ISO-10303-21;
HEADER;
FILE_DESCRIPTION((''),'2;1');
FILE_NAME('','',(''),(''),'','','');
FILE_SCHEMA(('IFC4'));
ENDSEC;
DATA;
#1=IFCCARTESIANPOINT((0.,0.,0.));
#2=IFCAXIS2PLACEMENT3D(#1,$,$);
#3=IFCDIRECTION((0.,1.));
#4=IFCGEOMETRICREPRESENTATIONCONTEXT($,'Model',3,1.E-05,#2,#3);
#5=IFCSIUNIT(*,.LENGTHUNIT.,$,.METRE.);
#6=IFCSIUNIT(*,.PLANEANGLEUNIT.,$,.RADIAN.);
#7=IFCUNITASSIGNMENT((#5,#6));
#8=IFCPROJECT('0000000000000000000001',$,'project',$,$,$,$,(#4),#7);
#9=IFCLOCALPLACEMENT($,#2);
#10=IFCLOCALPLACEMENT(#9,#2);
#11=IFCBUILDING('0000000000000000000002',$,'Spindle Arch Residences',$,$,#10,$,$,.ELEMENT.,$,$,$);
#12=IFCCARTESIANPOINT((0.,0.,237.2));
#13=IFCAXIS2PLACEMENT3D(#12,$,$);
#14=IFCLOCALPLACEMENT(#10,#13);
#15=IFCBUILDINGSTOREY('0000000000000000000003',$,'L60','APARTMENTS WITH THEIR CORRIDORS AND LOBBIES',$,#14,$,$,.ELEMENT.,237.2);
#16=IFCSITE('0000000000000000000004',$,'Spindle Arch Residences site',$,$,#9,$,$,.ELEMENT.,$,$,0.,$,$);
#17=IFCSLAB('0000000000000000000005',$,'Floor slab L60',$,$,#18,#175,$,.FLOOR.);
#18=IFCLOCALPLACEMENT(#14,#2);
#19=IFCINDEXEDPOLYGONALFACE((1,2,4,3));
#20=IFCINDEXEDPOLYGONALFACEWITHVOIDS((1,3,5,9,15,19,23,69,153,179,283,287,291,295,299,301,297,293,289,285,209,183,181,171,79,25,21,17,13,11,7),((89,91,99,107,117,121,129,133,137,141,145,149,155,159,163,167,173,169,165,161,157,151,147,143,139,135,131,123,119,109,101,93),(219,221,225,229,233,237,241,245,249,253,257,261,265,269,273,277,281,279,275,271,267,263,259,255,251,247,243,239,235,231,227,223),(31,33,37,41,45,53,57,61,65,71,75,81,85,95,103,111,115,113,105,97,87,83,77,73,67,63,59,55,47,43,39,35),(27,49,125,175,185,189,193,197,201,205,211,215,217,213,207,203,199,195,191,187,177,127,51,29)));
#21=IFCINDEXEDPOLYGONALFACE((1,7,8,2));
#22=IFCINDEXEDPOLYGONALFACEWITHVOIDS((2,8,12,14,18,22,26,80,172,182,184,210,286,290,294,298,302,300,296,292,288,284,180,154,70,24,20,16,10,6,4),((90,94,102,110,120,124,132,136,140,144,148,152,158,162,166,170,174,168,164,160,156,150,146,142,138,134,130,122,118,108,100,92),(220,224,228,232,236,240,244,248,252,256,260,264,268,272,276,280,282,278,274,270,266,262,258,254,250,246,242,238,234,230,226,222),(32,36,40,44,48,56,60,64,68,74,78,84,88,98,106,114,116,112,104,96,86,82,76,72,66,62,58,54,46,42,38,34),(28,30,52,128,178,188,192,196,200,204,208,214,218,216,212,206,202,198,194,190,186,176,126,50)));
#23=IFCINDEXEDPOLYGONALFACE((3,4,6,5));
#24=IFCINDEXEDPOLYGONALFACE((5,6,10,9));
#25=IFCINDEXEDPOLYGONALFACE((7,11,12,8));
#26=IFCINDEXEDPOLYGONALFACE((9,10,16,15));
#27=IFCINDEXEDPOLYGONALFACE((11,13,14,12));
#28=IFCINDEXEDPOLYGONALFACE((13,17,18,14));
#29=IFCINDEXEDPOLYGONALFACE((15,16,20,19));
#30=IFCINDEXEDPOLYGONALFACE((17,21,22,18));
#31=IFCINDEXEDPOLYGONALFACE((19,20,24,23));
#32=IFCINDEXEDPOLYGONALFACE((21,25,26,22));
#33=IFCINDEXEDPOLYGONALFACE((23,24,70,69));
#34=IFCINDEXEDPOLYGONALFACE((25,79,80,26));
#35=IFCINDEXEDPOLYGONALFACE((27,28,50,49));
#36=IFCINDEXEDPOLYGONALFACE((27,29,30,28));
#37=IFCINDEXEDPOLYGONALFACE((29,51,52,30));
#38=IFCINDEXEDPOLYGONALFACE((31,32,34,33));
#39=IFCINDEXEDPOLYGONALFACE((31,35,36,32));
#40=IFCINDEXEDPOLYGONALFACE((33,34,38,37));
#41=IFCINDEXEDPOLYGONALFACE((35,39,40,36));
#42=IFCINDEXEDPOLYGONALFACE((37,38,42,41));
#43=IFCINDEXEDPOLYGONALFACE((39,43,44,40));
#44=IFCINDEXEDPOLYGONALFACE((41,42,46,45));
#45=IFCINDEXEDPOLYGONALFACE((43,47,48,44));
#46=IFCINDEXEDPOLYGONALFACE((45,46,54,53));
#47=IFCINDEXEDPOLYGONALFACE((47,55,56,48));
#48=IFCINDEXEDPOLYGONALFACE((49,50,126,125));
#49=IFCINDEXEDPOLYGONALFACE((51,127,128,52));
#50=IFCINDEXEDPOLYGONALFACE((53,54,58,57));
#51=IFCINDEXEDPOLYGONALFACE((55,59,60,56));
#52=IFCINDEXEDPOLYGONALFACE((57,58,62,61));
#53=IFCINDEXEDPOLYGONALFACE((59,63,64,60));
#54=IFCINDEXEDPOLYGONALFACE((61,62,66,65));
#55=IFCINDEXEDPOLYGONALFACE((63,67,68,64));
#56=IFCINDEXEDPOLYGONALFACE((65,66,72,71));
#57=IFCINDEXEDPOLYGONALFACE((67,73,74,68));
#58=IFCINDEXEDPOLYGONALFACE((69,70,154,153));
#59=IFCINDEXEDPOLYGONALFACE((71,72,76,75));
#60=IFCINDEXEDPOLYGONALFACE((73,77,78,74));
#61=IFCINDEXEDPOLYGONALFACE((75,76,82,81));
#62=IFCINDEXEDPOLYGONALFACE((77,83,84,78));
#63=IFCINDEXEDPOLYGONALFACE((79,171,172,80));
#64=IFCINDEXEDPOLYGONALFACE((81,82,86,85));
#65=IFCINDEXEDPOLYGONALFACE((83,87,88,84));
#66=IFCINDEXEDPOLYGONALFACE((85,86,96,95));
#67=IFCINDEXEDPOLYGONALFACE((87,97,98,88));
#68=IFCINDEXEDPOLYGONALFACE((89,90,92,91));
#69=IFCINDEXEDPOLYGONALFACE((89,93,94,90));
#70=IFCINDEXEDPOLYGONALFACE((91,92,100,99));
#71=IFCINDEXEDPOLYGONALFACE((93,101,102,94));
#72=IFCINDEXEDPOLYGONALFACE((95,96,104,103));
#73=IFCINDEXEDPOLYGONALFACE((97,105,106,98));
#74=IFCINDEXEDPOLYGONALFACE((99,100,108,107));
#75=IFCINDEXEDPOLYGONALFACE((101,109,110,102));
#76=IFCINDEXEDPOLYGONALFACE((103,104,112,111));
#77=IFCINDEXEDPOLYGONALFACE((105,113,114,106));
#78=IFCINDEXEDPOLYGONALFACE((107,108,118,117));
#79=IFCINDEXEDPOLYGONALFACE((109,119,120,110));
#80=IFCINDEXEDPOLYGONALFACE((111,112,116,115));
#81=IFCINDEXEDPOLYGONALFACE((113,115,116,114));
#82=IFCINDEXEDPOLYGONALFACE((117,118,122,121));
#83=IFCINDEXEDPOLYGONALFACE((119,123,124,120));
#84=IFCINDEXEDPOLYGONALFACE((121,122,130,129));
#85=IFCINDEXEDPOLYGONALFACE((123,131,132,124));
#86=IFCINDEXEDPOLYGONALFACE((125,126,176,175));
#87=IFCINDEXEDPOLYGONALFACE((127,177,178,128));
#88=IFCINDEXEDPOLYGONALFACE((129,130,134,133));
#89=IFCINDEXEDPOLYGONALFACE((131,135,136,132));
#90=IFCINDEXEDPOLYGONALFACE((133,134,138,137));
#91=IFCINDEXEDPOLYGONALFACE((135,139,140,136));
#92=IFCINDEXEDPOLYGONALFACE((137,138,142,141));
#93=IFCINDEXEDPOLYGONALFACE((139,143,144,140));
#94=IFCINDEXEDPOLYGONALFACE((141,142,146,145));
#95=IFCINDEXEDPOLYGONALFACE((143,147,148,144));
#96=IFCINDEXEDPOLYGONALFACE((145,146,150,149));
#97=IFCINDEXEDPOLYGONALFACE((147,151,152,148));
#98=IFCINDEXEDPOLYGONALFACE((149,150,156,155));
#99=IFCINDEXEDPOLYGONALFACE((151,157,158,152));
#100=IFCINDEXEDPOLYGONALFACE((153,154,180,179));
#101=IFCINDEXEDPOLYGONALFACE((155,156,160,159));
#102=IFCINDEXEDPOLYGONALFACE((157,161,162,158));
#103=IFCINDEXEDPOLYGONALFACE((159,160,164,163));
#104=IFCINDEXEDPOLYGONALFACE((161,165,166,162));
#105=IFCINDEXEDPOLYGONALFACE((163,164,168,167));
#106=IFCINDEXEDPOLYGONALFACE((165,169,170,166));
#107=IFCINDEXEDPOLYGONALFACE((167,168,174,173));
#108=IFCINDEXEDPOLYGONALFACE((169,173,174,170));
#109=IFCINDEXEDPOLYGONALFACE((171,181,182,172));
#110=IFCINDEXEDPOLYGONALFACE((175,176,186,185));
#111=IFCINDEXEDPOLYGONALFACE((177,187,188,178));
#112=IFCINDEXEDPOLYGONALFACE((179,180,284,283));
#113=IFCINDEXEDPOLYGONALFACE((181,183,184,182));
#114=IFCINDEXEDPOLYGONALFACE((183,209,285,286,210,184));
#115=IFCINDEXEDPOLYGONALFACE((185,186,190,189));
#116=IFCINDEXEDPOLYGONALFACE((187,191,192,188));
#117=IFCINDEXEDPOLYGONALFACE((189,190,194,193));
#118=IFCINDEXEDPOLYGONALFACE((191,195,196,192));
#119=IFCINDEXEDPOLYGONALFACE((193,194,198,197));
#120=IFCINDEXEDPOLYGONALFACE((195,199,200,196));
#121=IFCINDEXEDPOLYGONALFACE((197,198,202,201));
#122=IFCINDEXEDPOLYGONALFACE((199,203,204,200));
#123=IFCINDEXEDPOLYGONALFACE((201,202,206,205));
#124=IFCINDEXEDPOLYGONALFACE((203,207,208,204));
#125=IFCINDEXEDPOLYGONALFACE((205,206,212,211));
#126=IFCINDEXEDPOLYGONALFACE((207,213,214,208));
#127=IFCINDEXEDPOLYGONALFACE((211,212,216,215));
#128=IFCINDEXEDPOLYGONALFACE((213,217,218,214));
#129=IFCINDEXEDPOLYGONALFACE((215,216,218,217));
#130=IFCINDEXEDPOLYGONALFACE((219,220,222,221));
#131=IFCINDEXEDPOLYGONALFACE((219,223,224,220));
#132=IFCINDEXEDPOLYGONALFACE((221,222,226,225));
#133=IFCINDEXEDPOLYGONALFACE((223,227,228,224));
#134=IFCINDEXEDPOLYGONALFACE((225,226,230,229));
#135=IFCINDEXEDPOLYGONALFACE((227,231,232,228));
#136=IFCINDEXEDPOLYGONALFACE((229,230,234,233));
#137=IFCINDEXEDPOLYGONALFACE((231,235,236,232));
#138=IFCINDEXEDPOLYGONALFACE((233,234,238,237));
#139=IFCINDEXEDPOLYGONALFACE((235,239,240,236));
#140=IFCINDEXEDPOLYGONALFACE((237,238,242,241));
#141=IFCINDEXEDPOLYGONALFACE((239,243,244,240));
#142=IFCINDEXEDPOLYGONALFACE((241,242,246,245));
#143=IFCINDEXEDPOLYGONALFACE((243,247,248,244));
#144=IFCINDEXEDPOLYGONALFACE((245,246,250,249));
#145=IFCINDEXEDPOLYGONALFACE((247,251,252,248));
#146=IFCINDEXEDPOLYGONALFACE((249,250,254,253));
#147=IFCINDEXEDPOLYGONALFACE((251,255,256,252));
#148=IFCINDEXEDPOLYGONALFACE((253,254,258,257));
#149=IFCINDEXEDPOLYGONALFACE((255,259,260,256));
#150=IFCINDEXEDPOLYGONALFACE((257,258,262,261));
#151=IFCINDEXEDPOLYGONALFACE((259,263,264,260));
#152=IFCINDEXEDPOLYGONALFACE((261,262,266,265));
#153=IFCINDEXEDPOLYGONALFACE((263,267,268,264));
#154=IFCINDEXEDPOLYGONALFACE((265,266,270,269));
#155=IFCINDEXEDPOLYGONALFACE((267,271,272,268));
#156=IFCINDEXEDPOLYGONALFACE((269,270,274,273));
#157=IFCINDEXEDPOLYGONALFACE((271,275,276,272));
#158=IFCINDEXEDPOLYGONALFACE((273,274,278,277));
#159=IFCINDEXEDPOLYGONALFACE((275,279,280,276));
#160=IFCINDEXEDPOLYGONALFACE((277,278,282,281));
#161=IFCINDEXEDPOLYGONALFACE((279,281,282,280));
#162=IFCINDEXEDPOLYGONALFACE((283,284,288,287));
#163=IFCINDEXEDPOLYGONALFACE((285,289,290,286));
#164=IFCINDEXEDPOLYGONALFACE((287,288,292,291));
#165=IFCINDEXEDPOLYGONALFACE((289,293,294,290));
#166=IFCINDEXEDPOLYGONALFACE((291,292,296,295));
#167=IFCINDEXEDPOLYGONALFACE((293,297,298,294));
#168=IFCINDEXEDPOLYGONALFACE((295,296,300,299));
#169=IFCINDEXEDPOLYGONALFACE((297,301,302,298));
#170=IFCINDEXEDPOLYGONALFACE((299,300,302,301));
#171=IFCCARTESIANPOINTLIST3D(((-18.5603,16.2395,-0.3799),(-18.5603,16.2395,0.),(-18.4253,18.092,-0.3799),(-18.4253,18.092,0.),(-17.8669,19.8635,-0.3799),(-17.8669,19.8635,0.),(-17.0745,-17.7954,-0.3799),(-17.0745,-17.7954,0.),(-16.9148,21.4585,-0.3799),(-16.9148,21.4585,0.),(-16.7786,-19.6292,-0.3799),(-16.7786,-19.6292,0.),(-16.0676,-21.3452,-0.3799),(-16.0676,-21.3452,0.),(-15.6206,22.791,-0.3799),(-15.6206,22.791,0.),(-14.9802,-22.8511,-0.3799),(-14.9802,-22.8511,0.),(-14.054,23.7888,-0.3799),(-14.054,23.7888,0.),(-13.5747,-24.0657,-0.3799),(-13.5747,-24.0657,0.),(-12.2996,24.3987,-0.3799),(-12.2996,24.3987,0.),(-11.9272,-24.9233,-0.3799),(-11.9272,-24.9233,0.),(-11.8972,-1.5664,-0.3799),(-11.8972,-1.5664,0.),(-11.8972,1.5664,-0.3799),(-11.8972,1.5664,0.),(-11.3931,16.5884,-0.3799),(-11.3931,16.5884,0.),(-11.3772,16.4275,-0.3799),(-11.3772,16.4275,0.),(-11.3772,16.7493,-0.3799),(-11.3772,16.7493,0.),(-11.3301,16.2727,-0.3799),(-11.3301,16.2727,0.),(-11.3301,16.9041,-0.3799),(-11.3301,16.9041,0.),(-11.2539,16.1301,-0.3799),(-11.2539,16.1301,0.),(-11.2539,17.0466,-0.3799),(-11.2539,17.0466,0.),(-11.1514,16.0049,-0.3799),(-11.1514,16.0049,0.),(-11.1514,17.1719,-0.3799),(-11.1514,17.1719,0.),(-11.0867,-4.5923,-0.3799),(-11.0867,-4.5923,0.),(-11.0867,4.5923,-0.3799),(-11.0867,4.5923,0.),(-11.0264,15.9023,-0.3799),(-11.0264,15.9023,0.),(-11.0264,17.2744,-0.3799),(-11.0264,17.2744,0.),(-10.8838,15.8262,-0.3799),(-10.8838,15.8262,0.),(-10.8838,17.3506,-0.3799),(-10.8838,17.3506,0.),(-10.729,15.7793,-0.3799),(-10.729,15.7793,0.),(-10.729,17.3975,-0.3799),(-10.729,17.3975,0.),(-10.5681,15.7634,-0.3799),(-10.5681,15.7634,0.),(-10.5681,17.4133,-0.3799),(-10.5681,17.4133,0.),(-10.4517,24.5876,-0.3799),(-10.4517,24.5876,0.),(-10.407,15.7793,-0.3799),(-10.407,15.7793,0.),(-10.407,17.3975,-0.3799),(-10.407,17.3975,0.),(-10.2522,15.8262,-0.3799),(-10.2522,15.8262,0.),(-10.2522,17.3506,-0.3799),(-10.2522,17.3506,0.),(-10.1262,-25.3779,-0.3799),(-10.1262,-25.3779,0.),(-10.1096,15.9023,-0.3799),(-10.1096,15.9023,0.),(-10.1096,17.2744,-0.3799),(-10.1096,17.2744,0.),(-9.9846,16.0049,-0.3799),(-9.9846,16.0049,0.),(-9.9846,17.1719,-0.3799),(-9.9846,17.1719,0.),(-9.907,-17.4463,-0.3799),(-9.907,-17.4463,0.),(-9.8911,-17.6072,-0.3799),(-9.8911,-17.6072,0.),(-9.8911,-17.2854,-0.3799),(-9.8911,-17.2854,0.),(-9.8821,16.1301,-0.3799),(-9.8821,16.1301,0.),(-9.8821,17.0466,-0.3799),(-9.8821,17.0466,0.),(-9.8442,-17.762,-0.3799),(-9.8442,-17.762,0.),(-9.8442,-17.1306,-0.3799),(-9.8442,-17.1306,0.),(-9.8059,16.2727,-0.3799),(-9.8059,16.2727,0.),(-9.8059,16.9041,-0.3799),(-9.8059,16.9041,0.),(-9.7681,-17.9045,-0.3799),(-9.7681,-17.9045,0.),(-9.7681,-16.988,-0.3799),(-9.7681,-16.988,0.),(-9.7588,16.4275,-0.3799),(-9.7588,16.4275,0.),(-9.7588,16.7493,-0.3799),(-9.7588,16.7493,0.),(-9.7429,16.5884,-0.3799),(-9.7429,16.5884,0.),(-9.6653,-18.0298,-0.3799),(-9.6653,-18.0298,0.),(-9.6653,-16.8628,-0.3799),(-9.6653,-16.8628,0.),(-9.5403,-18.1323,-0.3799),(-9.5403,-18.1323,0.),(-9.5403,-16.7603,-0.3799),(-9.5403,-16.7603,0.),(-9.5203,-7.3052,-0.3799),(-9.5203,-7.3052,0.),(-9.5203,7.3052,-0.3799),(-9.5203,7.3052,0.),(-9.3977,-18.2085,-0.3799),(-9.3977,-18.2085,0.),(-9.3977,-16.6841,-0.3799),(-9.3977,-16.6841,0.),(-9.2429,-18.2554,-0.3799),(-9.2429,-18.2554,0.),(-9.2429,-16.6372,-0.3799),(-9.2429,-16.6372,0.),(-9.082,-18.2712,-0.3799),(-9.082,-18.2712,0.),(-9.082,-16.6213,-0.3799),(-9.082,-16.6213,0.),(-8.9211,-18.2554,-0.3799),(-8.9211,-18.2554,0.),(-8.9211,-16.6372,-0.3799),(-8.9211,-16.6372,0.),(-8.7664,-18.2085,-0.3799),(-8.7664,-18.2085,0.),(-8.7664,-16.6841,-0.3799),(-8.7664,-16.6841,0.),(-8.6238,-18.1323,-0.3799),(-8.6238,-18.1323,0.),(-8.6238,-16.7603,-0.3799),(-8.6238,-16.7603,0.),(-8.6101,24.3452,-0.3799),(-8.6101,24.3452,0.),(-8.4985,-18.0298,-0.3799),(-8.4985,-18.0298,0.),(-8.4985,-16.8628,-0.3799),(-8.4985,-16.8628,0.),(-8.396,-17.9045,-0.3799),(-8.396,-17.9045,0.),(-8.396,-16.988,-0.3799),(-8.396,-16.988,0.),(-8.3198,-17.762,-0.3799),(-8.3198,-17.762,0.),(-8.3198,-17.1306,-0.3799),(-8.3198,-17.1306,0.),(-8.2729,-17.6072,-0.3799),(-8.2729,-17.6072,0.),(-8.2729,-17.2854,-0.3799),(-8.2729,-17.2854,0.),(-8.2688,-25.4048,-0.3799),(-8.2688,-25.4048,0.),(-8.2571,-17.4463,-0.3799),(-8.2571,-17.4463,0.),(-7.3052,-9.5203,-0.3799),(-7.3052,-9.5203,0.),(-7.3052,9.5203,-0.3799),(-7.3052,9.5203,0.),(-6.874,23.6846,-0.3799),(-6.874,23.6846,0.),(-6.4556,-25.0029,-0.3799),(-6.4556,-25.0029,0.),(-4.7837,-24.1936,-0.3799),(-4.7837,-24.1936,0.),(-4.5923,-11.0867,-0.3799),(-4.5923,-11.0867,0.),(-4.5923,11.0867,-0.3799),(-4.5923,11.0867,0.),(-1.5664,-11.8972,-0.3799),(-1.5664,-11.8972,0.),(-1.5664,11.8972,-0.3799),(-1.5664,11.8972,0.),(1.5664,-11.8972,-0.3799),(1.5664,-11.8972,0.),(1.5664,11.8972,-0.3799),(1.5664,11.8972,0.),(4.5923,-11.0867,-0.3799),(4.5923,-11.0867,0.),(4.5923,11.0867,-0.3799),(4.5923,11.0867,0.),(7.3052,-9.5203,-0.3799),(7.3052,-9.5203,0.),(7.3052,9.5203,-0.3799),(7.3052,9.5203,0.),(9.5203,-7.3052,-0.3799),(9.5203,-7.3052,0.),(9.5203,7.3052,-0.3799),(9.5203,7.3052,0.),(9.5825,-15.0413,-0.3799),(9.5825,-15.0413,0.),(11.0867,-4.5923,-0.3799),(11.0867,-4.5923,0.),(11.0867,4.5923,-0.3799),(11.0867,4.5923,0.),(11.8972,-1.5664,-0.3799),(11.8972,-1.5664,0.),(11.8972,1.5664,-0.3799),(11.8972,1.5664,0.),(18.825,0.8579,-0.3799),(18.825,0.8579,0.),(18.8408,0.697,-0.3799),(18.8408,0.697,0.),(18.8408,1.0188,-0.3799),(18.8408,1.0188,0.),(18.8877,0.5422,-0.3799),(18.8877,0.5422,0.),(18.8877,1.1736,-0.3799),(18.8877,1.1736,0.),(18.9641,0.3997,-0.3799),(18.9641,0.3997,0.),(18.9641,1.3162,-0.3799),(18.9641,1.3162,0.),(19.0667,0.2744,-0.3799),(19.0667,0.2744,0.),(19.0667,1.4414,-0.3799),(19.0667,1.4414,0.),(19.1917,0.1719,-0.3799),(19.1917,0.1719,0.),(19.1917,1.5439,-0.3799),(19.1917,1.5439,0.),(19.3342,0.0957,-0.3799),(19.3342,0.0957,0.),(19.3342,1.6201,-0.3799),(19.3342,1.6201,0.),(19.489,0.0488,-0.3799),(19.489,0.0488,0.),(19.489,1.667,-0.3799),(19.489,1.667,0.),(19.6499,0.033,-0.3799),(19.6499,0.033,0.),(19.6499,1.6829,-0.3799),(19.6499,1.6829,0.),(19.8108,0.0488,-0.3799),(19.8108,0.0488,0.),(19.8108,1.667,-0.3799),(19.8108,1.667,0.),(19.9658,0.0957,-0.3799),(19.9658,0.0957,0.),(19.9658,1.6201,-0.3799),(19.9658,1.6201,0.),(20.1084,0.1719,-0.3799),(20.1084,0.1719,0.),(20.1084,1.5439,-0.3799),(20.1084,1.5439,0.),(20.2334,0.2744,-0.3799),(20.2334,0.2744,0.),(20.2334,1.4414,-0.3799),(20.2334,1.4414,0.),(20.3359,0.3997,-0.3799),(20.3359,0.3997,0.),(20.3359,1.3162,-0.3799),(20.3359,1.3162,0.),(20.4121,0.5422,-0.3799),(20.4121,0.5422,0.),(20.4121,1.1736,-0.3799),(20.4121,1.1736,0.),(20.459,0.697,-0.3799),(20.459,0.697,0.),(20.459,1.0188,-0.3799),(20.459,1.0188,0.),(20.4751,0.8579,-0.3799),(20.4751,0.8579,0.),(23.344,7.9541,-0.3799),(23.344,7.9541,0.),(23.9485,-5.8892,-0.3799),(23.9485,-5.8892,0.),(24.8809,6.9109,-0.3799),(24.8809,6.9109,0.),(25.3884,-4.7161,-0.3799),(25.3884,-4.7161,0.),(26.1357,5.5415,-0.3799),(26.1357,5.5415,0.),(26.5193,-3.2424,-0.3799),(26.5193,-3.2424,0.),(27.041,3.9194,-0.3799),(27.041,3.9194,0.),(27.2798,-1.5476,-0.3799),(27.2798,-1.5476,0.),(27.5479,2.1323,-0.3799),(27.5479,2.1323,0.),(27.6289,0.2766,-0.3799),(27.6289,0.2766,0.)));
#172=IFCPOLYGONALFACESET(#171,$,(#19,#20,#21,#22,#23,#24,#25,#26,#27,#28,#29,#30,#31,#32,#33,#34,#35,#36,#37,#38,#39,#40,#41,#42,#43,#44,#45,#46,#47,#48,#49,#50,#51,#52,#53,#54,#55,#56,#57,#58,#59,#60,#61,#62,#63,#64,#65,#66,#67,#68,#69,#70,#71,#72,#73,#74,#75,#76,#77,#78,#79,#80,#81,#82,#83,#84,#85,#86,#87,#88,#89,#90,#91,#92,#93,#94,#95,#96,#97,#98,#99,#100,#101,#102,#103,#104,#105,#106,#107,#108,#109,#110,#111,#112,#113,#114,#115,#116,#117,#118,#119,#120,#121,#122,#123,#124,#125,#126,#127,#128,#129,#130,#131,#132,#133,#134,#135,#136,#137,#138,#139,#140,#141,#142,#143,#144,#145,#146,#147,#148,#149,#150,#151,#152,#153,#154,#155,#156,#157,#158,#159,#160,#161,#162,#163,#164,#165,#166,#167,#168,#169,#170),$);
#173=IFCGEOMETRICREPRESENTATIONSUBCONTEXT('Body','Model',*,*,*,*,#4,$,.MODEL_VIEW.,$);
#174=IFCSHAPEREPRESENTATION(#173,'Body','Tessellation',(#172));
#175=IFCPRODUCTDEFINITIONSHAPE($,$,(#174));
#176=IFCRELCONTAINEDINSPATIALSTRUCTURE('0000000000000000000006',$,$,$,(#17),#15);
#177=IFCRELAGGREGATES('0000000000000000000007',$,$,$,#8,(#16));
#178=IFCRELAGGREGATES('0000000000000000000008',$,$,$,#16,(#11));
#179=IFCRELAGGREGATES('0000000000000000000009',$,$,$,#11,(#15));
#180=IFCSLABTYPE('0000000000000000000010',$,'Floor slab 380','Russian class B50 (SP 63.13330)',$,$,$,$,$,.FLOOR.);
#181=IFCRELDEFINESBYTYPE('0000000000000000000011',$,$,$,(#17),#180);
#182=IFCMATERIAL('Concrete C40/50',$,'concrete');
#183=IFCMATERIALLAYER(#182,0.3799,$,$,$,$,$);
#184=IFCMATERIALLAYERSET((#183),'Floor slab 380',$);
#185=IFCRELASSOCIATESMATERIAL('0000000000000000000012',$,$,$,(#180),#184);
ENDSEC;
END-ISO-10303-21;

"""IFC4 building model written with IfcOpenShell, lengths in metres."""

from ifc_helpers import new_model, si_unit, direction, frame, origin, place, context, subcontext, project, spatial, polyline, outline, extrude, material, layer, layer_set, type_object, element, save


model = new_model("IFC4")

# Units and contexts
model_context = context("Model", 3, precision=1e-05, world=origin(), true_north=direction((0.0, 1.0)))
body_context = subcontext(model_context, "Body", "Model", "MODEL_VIEW")
ifc_project = project(units=[si_unit("LENGTHUNIT", "METRE"), si_unit("PLANEANGLEUNIT", "RADIAN")], contexts=[model_context])

# Site, building, storey
site_placement = place(None, origin())
site = spatial("IfcSite", under=ifc_project, at=site_placement, Name="Spindle Arch Residences site", CompositionType="ELEMENT", RefElevation=0.0)
building_placement = place(site_placement, origin())
building = spatial("IfcBuilding", under=site, at=building_placement, Name="Spindle Arch Residences", CompositionType="ELEMENT")
storey_placement = place(building_placement, frame((0.0, 0.0, 237.2)))
storey = spatial("IfcBuildingStorey", under=building, at=storey_placement, Name="L60", Description="APARTMENTS WITH THEIR CORRIDORS AND LOBBIES", CompositionType="ELEMENT", Elevation=237.2)

# Slab
ifc_material_1 = material(Name="Concrete C40/50", Category="concrete")
ifc_layer_1 = layer(ifc_material_1, 0.3799)
ifc_layer_set_1 = layer_set([ifc_layer_1], Name="Floor slab 380")
slab_type_1 = type_object("IfcSlabType", Name="Floor slab 380", Description="Russian class B50 (SP 63.13330)", PredefinedType="FLOOR", material=ifc_layer_set_1)
slab_1_placement = place(storey_placement, frame((0.0, 0.0, -0.3799)))
element("IfcSlab", 1, at=slab_1_placement, inside=storey, type_object=slab_type_1, Name="Floor slab L60", PredefinedType="FLOOR", context=body_context, shape_type="SweptSolid", body=[
    extrude(outline(polyline([(-6.4556, -25.0029), (-8.2688, -25.4048), (-10.1262, -25.3779), (-11.9272, -24.9233), (-13.5747, -24.0657), (-14.9802, -22.8511), (-16.0676, -21.3452), (-16.7786, -19.6292), (-17.0745, -17.7954), (-18.5603, 16.2395), (-18.4253, 18.092), (-17.8669, 19.8635), (-16.9148, 21.4585), (-15.6206, 22.791), (-14.054, 23.7888), (-12.2996, 24.3987), (-10.4517, 24.5876), (-8.6101, 24.3452), (-6.874, 23.6846), (23.344, 7.9541), (24.8809, 6.9109), (26.1357, 5.5415), (27.041, 3.9194), (27.5479, 2.1323), (27.6289, 0.2766), (27.2798, -1.5476), (26.5193, -3.2424), (25.3884, -4.7161), (23.9485, -5.8892), (9.5825, -15.0413), (-4.7837, -24.1936), (-6.4556, -25.0029)]), holes=[polyline([(7.3052, -9.5203), (9.5203, -7.3052), (11.0867, -4.5923), (11.8972, -1.5664), (11.8972, 1.5664), (11.0867, 4.5923), (9.5203, 7.3052), (7.3052, 9.5203), (4.5923, 11.0867), (1.5664, 11.8972), (-1.5664, 11.8972), (-4.5923, 11.0867), (-7.3052, 9.5203), (-9.5203, 7.3052), (-11.0867, 4.5923), (-11.8972, 1.5664), (-11.8972, -1.5664), (-11.0867, -4.5923), (-9.5203, -7.3052), (-7.3052, -9.5203), (-4.5923, -11.0867), (-1.5664, -11.8972), (1.5664, -11.8972), (4.5923, -11.0867), (7.3052, -9.5203)]), polyline([(-8.396, -17.9045), (-8.3198, -17.762), (-8.2729, -17.6072), (-8.2571, -17.4463), (-8.2729, -17.2854), (-8.3198, -17.1306), (-8.396, -16.988), (-8.4985, -16.8628), (-8.6238, -16.7603), (-8.7664, -16.6841), (-8.9211, -16.6372), (-9.082, -16.6213), (-9.2429, -16.6372), (-9.3977, -16.6841), (-9.5403, -16.7603), (-9.6653, -16.8628), (-9.7681, -16.988), (-9.8442, -17.1306), (-9.8911, -17.2854), (-9.907, -17.4463), (-9.8911, -17.6072), (-9.8442, -17.762), (-9.7681, -17.9045), (-9.6653, -18.0298), (-9.5403, -18.1323), (-9.3977, -18.2085), (-9.2429, -18.2554), (-9.082, -18.2712), (-8.9211, -18.2554), (-8.7664, -18.2085), (-8.6238, -18.1323), (-8.4985, -18.0298), (-8.396, -17.9045)]), polyline([(-9.8821, 16.1301), (-9.8059, 16.2727), (-9.7588, 16.4275), (-9.7429, 16.5884), (-9.7588, 16.7493), (-9.8059, 16.9041), (-9.8821, 17.0466), (-9.9846, 17.1719), (-10.1096, 17.2744), (-10.2522, 17.3506), (-10.407, 17.3975), (-10.5681, 17.4133), (-10.729, 17.3975), (-10.8838, 17.3506), (-11.0264, 17.2744), (-11.1514, 17.1719), (-11.2539, 17.0466), (-11.3301, 16.9041), (-11.3772, 16.7493), (-11.3931, 16.5884), (-11.3772, 16.4275), (-11.3301, 16.2727), (-11.2539, 16.1301), (-11.1514, 16.0049), (-11.0264, 15.9023), (-10.8838, 15.8262), (-10.729, 15.7793), (-10.5681, 15.7634), (-10.407, 15.7793), (-10.2522, 15.8262), (-10.1096, 15.9023), (-9.9846, 16.0049), (-9.8821, 16.1301)]), polyline([(20.2334, 0.2744), (20.3359, 0.3997), (20.4121, 0.5422), (20.459, 0.697), (20.4751, 0.8579), (20.459, 1.0188), (20.4121, 1.1736), (20.3359, 1.3162), (20.2334, 1.4414), (20.1084, 1.5439), (19.9658, 1.6201), (19.8108, 1.667), (19.6499, 1.6829), (19.489, 1.667), (19.3342, 1.6201), (19.1917, 1.5439), (19.0667, 1.4414), (18.9641, 1.3162), (18.8877, 1.1736), (18.8408, 1.0188), (18.825, 0.8579), (18.8408, 0.697), (18.8877, 0.5422), (18.9641, 0.3997), (19.0667, 0.2744), (19.1917, 0.1719), (19.3342, 0.0957), (19.489, 0.0488), (19.6499, 0.033), (19.8108, 0.0488), (19.9658, 0.0957), (20.1084, 0.1719), (20.2334, 0.2744)])]), origin(), (0.0, 0.0, 1.0), 0.3799),
])

save(model, "model.ifc")
